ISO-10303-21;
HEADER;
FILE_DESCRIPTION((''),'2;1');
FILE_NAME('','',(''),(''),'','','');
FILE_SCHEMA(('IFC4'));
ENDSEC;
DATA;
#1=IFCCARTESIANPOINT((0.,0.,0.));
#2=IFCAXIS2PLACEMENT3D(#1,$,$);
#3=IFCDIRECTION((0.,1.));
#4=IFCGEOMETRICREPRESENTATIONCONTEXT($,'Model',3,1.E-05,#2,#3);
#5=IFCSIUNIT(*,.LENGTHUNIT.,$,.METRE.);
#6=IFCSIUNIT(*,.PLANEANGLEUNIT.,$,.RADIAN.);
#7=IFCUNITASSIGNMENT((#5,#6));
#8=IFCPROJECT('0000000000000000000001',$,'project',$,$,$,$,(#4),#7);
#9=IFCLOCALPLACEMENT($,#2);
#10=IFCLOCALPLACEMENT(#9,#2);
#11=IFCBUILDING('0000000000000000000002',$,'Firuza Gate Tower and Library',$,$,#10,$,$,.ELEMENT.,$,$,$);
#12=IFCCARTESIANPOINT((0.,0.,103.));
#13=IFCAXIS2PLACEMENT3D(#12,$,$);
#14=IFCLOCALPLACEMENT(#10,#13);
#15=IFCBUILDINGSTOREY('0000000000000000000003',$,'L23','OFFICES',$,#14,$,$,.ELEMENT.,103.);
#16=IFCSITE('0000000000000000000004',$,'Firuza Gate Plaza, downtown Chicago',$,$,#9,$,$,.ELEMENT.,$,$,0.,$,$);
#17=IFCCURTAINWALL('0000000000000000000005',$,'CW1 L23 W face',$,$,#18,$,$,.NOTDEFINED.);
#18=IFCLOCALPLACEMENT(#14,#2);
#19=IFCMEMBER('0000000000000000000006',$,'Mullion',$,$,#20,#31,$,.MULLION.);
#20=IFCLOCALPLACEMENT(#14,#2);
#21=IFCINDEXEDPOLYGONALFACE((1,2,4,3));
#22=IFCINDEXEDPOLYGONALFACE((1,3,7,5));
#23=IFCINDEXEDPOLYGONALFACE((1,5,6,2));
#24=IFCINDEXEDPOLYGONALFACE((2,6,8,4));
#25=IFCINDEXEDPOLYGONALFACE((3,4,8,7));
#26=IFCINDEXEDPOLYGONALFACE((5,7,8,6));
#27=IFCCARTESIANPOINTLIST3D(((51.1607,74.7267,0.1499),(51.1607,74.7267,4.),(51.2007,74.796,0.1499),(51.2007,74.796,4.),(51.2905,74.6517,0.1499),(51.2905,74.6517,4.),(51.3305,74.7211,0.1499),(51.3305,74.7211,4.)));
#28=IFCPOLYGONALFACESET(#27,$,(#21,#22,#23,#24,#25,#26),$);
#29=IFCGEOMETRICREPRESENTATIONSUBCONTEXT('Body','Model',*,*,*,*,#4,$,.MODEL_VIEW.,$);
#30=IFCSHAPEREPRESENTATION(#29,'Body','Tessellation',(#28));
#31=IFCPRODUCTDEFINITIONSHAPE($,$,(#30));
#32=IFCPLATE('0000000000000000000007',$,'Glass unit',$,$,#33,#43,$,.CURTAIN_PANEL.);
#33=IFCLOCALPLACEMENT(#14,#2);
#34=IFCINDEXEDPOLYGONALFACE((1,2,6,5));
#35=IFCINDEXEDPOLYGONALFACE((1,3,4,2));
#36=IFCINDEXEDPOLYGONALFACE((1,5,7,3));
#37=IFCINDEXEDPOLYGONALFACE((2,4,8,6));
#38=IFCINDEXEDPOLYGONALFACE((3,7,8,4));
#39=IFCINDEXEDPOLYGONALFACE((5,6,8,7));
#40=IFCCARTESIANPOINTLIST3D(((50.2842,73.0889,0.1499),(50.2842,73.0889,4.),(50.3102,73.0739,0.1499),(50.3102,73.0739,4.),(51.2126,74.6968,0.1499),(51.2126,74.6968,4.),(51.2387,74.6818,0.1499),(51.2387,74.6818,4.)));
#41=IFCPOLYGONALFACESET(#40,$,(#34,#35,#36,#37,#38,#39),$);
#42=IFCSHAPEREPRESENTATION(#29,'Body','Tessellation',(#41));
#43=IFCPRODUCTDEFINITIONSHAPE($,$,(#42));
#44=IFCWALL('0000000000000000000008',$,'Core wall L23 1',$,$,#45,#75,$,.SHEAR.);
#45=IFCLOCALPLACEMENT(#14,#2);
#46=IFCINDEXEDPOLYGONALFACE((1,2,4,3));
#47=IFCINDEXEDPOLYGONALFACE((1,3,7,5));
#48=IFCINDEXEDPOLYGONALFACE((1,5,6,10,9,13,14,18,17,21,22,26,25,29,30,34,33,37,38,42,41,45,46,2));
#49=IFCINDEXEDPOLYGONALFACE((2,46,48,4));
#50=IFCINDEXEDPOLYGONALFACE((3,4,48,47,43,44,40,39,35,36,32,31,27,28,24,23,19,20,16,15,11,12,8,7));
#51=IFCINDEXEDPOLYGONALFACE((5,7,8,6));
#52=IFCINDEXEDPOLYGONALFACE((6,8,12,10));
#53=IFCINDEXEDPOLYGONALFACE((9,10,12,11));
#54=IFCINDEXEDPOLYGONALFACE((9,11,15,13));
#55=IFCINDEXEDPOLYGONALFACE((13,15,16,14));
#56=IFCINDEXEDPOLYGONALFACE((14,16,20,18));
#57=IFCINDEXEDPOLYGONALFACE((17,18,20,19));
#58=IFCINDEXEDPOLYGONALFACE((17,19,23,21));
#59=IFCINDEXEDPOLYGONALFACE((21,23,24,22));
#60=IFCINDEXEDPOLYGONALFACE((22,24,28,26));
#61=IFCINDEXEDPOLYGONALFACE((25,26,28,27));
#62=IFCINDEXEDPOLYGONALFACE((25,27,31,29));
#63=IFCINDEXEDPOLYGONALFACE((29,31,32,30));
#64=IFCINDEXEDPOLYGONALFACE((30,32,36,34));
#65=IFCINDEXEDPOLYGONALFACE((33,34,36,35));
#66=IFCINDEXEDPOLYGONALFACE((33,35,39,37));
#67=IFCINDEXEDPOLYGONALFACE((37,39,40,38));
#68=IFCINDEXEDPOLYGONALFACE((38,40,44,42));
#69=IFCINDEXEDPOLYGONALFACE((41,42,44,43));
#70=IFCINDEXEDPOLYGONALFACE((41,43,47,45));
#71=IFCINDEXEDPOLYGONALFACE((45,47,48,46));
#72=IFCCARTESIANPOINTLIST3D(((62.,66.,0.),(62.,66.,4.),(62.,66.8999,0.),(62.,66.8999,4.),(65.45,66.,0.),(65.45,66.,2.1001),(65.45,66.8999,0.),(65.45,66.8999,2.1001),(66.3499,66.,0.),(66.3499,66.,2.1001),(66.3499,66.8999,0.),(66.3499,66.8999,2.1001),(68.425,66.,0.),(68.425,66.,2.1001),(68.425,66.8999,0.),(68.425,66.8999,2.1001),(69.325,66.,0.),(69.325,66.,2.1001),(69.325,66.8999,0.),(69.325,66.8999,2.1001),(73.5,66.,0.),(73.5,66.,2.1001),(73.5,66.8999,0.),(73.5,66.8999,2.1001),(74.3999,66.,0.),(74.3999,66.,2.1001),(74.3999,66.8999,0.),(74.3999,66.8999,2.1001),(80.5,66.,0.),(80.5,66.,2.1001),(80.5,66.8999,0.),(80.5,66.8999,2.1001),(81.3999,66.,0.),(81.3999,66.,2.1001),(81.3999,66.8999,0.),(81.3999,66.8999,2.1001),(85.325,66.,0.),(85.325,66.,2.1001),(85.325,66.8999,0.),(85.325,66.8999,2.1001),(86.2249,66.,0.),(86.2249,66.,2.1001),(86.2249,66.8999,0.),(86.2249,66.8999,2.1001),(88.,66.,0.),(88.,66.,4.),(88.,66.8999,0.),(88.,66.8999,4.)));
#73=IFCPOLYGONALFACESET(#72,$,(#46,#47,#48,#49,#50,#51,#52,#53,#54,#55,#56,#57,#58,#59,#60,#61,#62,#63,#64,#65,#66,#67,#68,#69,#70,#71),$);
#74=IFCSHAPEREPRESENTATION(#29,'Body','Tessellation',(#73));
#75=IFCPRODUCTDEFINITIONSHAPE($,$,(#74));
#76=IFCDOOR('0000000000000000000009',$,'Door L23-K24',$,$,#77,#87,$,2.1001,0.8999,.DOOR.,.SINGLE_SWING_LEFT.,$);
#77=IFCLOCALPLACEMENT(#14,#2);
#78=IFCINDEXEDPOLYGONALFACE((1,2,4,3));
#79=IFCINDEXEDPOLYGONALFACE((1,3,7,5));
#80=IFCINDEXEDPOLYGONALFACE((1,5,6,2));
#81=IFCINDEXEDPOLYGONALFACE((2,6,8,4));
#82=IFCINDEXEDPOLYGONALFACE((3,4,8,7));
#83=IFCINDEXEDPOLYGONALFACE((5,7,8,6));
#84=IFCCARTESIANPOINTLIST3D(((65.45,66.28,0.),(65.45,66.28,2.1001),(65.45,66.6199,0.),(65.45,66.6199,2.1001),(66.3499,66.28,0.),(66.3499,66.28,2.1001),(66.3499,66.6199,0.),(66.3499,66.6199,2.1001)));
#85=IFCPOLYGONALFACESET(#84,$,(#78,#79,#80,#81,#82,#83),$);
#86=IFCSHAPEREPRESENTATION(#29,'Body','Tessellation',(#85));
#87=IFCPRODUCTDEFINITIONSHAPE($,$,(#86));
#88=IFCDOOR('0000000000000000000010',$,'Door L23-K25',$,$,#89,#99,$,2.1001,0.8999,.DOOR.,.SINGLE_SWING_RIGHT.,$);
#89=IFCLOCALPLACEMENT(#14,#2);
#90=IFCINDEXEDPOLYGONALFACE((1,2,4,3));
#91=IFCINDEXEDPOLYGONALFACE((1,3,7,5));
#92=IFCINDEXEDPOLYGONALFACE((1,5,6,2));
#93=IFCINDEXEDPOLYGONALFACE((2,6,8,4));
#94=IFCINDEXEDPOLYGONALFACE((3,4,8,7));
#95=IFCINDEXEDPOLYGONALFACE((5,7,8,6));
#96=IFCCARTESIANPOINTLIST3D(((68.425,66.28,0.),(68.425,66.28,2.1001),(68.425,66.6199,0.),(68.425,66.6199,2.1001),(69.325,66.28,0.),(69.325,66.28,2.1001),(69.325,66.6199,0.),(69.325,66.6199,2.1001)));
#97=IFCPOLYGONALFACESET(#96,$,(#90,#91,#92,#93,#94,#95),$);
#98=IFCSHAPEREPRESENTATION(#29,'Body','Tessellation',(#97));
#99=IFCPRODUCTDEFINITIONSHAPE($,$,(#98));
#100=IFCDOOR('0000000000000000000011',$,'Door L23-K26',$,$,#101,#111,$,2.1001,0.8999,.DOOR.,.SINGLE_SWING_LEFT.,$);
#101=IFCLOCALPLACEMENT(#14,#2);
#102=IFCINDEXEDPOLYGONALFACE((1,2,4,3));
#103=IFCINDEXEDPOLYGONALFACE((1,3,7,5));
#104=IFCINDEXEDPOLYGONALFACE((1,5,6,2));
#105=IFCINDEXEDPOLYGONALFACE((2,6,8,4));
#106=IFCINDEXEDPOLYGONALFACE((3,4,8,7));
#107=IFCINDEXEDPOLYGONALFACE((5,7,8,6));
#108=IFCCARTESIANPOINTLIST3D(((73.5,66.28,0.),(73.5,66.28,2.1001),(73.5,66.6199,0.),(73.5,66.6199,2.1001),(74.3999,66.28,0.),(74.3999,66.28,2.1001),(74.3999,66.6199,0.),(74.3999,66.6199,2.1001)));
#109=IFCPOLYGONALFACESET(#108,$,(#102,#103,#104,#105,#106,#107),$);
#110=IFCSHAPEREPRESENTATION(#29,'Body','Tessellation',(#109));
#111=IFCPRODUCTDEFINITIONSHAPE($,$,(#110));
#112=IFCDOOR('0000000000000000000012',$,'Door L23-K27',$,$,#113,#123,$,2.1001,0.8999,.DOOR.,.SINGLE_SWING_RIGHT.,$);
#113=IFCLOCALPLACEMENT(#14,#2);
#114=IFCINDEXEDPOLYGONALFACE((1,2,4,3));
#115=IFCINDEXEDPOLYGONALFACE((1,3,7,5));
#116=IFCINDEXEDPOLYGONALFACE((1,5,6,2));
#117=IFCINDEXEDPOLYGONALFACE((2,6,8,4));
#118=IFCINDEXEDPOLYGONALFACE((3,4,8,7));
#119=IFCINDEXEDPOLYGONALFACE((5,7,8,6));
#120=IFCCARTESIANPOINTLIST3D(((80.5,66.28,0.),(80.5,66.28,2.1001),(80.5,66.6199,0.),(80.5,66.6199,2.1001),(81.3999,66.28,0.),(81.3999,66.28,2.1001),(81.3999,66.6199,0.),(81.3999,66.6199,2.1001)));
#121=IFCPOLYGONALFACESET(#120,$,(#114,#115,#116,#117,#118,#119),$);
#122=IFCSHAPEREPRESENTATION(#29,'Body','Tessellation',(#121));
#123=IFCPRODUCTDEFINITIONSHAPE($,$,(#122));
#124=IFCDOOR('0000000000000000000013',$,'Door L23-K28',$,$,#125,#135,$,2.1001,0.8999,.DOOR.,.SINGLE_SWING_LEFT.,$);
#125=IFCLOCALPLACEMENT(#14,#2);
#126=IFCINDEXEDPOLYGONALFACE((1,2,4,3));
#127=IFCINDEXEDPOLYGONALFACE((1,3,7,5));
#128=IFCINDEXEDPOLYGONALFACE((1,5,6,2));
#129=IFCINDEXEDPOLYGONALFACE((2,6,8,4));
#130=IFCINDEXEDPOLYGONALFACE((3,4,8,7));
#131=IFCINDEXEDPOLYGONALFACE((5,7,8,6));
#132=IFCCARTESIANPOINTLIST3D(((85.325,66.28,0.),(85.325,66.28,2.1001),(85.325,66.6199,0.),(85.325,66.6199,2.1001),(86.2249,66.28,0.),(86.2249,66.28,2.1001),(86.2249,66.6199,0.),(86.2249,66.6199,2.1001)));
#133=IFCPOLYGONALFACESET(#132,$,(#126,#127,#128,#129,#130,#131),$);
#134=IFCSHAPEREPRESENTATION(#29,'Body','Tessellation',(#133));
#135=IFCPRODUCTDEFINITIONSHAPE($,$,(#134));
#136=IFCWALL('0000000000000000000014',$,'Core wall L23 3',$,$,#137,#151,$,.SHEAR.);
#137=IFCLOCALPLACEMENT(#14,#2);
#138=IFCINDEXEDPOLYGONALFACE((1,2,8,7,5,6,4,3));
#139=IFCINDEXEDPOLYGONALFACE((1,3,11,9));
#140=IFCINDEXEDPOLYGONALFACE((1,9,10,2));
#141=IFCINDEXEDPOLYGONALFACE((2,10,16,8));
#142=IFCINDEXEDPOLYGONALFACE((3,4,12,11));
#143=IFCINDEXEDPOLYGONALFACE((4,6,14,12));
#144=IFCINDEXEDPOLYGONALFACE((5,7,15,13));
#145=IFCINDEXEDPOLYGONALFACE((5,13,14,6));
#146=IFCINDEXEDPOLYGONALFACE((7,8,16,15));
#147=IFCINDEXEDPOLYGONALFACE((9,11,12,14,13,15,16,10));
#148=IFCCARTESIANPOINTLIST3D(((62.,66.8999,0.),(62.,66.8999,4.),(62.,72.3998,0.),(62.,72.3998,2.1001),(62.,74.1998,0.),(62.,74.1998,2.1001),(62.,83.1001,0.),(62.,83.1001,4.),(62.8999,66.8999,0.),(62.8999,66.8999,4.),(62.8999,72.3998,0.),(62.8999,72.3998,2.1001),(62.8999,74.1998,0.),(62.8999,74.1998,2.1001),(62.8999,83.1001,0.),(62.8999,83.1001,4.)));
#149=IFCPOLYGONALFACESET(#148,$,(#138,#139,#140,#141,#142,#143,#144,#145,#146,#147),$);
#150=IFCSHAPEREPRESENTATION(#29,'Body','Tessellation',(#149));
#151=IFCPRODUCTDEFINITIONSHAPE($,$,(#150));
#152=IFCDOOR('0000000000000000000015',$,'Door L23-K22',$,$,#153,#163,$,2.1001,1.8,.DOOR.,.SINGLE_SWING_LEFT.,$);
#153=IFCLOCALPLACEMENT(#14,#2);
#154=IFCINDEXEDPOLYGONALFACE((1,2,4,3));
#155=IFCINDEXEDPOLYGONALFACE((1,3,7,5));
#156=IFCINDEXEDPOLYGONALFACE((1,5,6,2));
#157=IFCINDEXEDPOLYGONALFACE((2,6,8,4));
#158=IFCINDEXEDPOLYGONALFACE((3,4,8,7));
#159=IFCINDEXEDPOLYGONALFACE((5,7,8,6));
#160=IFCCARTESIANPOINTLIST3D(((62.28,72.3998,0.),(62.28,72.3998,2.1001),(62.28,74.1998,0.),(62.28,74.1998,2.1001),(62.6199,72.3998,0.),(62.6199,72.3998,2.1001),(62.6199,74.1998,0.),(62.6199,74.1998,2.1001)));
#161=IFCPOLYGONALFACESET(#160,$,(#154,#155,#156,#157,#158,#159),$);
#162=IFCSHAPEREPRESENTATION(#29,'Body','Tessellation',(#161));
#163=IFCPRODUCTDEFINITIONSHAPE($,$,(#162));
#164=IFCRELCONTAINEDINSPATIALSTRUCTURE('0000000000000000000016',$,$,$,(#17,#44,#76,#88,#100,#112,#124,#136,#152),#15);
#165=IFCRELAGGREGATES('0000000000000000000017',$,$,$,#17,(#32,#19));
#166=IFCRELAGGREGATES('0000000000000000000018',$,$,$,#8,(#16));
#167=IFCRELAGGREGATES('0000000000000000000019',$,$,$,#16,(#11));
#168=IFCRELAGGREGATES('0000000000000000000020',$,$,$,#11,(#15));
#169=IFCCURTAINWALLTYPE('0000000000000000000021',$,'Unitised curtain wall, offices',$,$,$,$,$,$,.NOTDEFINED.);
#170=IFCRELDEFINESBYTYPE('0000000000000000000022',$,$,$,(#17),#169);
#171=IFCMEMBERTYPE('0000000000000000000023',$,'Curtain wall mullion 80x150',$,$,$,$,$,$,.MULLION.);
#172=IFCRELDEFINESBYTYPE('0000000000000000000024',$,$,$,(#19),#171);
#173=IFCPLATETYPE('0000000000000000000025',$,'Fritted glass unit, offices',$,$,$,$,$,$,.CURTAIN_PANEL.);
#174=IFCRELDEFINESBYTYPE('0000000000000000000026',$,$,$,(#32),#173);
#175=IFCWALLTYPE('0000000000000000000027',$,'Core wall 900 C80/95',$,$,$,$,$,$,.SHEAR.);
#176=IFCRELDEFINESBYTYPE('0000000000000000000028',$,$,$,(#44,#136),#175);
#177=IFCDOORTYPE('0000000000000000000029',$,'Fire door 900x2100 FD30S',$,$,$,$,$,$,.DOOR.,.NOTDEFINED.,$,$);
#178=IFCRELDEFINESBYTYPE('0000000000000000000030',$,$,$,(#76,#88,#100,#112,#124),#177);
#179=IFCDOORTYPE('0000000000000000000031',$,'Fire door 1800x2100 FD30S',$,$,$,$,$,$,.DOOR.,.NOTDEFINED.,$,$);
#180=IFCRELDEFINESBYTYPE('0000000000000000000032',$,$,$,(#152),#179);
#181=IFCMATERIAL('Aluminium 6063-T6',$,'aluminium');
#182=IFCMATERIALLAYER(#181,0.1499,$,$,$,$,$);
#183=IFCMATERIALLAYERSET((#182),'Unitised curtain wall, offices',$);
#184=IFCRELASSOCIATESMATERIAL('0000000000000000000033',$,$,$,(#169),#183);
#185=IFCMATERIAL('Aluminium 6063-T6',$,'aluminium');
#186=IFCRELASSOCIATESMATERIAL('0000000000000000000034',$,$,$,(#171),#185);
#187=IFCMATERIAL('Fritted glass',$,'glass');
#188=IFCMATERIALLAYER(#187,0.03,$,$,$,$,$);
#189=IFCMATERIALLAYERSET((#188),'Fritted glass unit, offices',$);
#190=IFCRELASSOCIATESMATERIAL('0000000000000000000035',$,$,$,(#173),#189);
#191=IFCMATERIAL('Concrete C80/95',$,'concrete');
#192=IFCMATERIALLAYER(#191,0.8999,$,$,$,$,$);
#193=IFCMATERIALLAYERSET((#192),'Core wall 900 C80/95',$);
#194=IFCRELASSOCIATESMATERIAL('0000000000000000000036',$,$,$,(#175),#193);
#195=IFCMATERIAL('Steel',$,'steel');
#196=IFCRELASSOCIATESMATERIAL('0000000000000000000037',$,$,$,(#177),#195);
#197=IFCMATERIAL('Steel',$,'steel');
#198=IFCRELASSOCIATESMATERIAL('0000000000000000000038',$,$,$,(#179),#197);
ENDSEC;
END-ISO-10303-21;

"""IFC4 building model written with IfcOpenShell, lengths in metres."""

from ifc_helpers import new_model, si_unit, direction, frame, frame_2d, origin, origin_2d, place, context, subcontext, project, spatial, polyline, rectangle, outline, extrude, material, layer, layer_set, material_profile, profile_set, type_object, element, fill, aggregate, save


model = new_model("IFC4")

# Units and contexts
model_context = context("Model", 3, precision=1e-05, world=origin(), true_north=direction((0.0, 1.0)))
body_context = subcontext(model_context, "Body", "Model", "MODEL_VIEW")
ifc_project = project(units=[si_unit("LENGTHUNIT", "METRE"), si_unit("PLANEANGLEUNIT", "RADIAN")], contexts=[model_context])

# Site, building, storey
site_placement = place(None, origin())
site = spatial("IfcSite", under=ifc_project, at=site_placement, Name="Firuza Gate Plaza, downtown Chicago", CompositionType="ELEMENT", RefElevation=0.0)
building_placement = place(site_placement, origin())
building = spatial("IfcBuilding", under=site, at=building_placement, Name="Firuza Gate Tower and Library", CompositionType="ELEMENT")
storey_placement = place(building_placement, frame((0.0, 0.0, 103.0)))
storey = spatial("IfcBuildingStorey", under=building, at=storey_placement, Name="L23", Description="OFFICES", CompositionType="ELEMENT", Elevation=103.0)

# Curtain wall, member, plate
ifc_material_1 = material(Name="Aluminium 6063-T6", Category="aluminium")
ifc_layer_1 = layer(ifc_material_1, 0.1499)
ifc_layer_set_1 = layer_set([ifc_layer_1], Name="Unitised curtain wall, offices")
curtain_wall_type = type_object("IfcCurtainWallType", Name="Unitised curtain wall, offices", PredefinedType="NOTDEFINED", material=ifc_layer_set_1)
curtain_wall_placement = place(storey_placement, origin())
curtain_wall = element("IfcCurtainWall", 1, at=curtain_wall_placement, inside=storey, type_object=curtain_wall_type, Name="CW1 L23 W face", PredefinedType="NOTDEFINED")
ifc_material_2 = material(Name="Aluminium 6063-T6", Category="aluminium")
ifc_material_profile = material_profile(ifc_material_2, rectangle(XDim=0.1499, YDim=0.0801, at=origin_2d()))
ifc_profile_set = profile_set([ifc_material_profile], Name="Aluminium 6063-T6")
member_type = type_object("IfcMemberType", Name="Curtain wall mullion 80x150", PredefinedType="MULLION", material=ifc_profile_set)
member_placement = place(storey_placement, frame((51.2456, 74.7239, 0.1499), z_axis=(0.0, 0.0, 1.0), x_axis=(0.866025, -0.5, 0.0)))
member = element("IfcMember", 2, at=member_placement, type_object=member_type, Name="Mullion", PredefinedType="MULLION", context=body_context, shape_type="SweptSolid", body=[
    extrude(rectangle(XDim=0.1499, YDim=0.0801, at=origin_2d()), origin(), (0.0, 0.0, 1.0), 3.8501),
])
ifc_material_3 = material(Name="Fritted glass", Category="glass")
ifc_layer_2 = layer(ifc_material_3, 0.03)
ifc_layer_set_2 = layer_set([ifc_layer_2], Name="Fritted glass unit, offices")
plate_type = type_object("IfcPlateType", Name="Fritted glass unit, offices", PredefinedType="CURTAIN_PANEL", material=ifc_layer_set_2)
plate_placement = place(storey_placement, frame((51.2126, 74.6968, 0.1499), z_axis=(-0.865993, 0.500056, 0.0), x_axis=(-0.500056, -0.865993, 0.0)))
plate = element("IfcPlate", 3, at=plate_placement, type_object=plate_type, Name="Glass unit", PredefinedType="CURTAIN_PANEL", context=body_context, shape_type="SweptSolid", body=[
    extrude(outline(polyline([(0.0, 0.0), (1.8567, 0.0), (1.8567, 3.8501), (0.0, 3.8501), (0.0, 0.0)])), origin(), (0.0, 0.0, -1.0), 0.03),
])
aggregate(curtain_wall, [plate, member])

# Wall, openings, doors
ifc_material_4 = material(Name="Concrete C80/95", Category="concrete")
ifc_layer_3 = layer(ifc_material_4, 0.8999)
ifc_layer_set_3 = layer_set([ifc_layer_3], Name="Core wall 900 C80/95")
wall_type_1 = type_object("IfcWallType", Name="Core wall 900 C80/95", PredefinedType="SHEAR", material=ifc_layer_set_3)
wall_1_placement = place(storey_placement, frame((62.0, 66.45, 0.0), z_axis=(0.0, 0.0, 1.0), x_axis=(1.0, 0.0, 0.0)))
wall_1 = element("IfcWall", 4, at=wall_1_placement, inside=storey, type_object=wall_type_1, Name="Core wall L23 1", PredefinedType="SHEAR", context=body_context, shape_type="SweptSolid", body=[
    extrude(rectangle(XDim=26.0, YDim=0.8999, at=frame_2d((13.0, 0.0))), origin(), (0.0, 0.0, 1.0), 4.0),
])
opening_1_placement = place(wall_1_placement, frame((3.45, 0.0, 0.0)))
opening_1 = element("IfcOpeningElement", 5, at=opening_1_placement, cuts=wall_1, PredefinedType="OPENING", context=body_context, shape_type="SweptSolid", body=[
    extrude(rectangle(XDim=0.8999, YDim=2.1001, at=frame_2d((0.45, 1.05))), frame((0.0, 0.46, 0.0), z_axis=(0.0, -1.0, 0.0), x_axis=(1.0, 0.0, 0.0)), (0.0, 0.0, 1.0), 0.9199),
])
opening_2_placement = place(wall_1_placement, frame((6.425, 0.0, 0.0)))
opening_2 = element("IfcOpeningElement", 6, at=opening_2_placement, cuts=wall_1, PredefinedType="OPENING", context=body_context, shape_type="SweptSolid", body=[
    extrude(rectangle(XDim=0.8999, YDim=2.1001, at=frame_2d((0.45, 1.05))), frame((0.0, 0.46, 0.0), z_axis=(0.0, -1.0, 0.0), x_axis=(1.0, 0.0, 0.0)), (0.0, 0.0, 1.0), 0.9199),
])
opening_3_placement = place(wall_1_placement, frame((11.5, 0.0, 0.0)))
opening_3 = element("IfcOpeningElement", 7, at=opening_3_placement, cuts=wall_1, PredefinedType="OPENING", context=body_context, shape_type="SweptSolid", body=[
    extrude(rectangle(XDim=0.8999, YDim=2.1001, at=frame_2d((0.45, 1.05))), frame((0.0, 0.46, 0.0), z_axis=(0.0, -1.0, 0.0), x_axis=(1.0, 0.0, 0.0)), (0.0, 0.0, 1.0), 0.9199),
])
opening_4_placement = place(wall_1_placement, frame((18.5, 0.0, 0.0)))
opening_4 = element("IfcOpeningElement", 8, at=opening_4_placement, cuts=wall_1, PredefinedType="OPENING", context=body_context, shape_type="SweptSolid", body=[
    extrude(rectangle(XDim=0.8999, YDim=2.1001, at=frame_2d((0.45, 1.05))), frame((0.0, 0.46, 0.0), z_axis=(0.0, -1.0, 0.0), x_axis=(1.0, 0.0, 0.0)), (0.0, 0.0, 1.0), 0.9199),
])
opening_5_placement = place(wall_1_placement, frame((23.325, 0.0, 0.0)))
opening_5 = element("IfcOpeningElement", 9, at=opening_5_placement, cuts=wall_1, PredefinedType="OPENING", context=body_context, shape_type="SweptSolid", body=[
    extrude(rectangle(XDim=0.8999, YDim=2.1001, at=frame_2d((0.45, 1.05))), frame((0.0, 0.46, 0.0), z_axis=(0.0, -1.0, 0.0), x_axis=(1.0, 0.0, 0.0)), (0.0, 0.0, 1.0), 0.9199),
])
ifc_material_5 = material(Name="Steel", Category="steel")
door_type_1 = type_object("IfcDoorType", Name="Fire door 900x2100 FD30S", OperationType="NOTDEFINED", PredefinedType="DOOR", material=ifc_material_5)
door_1_placement = place(opening_1_placement, origin())
door_1 = element("IfcDoor", 10, at=door_1_placement, inside=storey, type_object=door_type_1, Name="Door L23-K24", OperationType="SINGLE_SWING_LEFT", OverallHeight=2.1001, OverallWidth=0.8999, PredefinedType="DOOR", context=body_context, shape_type="SweptSolid", body=[
    extrude(rectangle(XDim=0.8999, YDim=2.1001, at=frame_2d((0.45, 1.05))), frame((0.0, 0.1699, 0.0), z_axis=(0.0, -1.0, 0.0), x_axis=(1.0, 0.0, 0.0)), (0.0, 0.0, 1.0), 0.3398),
])
fill(opening_1, door_1)
door_2_placement = place(opening_2_placement, origin())
door_2 = element("IfcDoor", 11, at=door_2_placement, inside=storey, type_object=door_type_1, Name="Door L23-K25", OperationType="SINGLE_SWING_RIGHT", OverallHeight=2.1001, OverallWidth=0.8999, PredefinedType="DOOR", context=body_context, shape_type="SweptSolid", body=[
    extrude(rectangle(XDim=0.8999, YDim=2.1001, at=frame_2d((0.45, 1.05))), frame((0.0, 0.1699, 0.0), z_axis=(0.0, -1.0, 0.0), x_axis=(1.0, 0.0, 0.0)), (0.0, 0.0, 1.0), 0.3398),
])
fill(opening_2, door_2)
door_3_placement = place(opening_3_placement, origin())
door_3 = element("IfcDoor", 12, at=door_3_placement, inside=storey, type_object=door_type_1, Name="Door L23-K26", OperationType="SINGLE_SWING_LEFT", OverallHeight=2.1001, OverallWidth=0.8999, PredefinedType="DOOR", context=body_context, shape_type="SweptSolid", body=[
    extrude(rectangle(XDim=0.8999, YDim=2.1001, at=frame_2d((0.45, 1.05))), frame((0.0, 0.1699, 0.0), z_axis=(0.0, -1.0, 0.0), x_axis=(1.0, 0.0, 0.0)), (0.0, 0.0, 1.0), 0.3398),
])
fill(opening_3, door_3)
door_4_placement = place(opening_4_placement, origin())
door_4 = element("IfcDoor", 13, at=door_4_placement, inside=storey, type_object=door_type_1, Name="Door L23-K27", OperationType="SINGLE_SWING_RIGHT", OverallHeight=2.1001, OverallWidth=0.8999, PredefinedType="DOOR", context=body_context, shape_type="SweptSolid", body=[
    extrude(rectangle(XDim=0.8999, YDim=2.1001, at=frame_2d((0.45, 1.05))), frame((0.0, 0.1699, 0.0), z_axis=(0.0, -1.0, 0.0), x_axis=(1.0, 0.0, 0.0)), (0.0, 0.0, 1.0), 0.3398),
])
fill(opening_4, door_4)
door_5_placement = place(opening_5_placement, origin())
door_5 = element("IfcDoor", 14, at=door_5_placement, inside=storey, type_object=door_type_1, Name="Door L23-K28", OperationType="SINGLE_SWING_LEFT", OverallHeight=2.1001, OverallWidth=0.8999, PredefinedType="DOOR", context=body_context, shape_type="SweptSolid", body=[
    extrude(rectangle(XDim=0.8999, YDim=2.1001, at=frame_2d((0.45, 1.05))), frame((0.0, 0.1699, 0.0), z_axis=(0.0, -1.0, 0.0), x_axis=(1.0, 0.0, 0.0)), (0.0, 0.0, 1.0), 0.3398),
])
fill(opening_5, door_5)

# Wall, opening, door
wall_2_placement = place(storey_placement, frame((62.45, 66.8999, 0.0), z_axis=(0.0, 0.0, 1.0), x_axis=(0.0, 1.0, 0.0)))
wall_2 = element("IfcWall", 15, at=wall_2_placement, inside=storey, type_object=wall_type_1, Name="Core wall L23 3", PredefinedType="SHEAR", context=body_context, shape_type="SweptSolid", body=[
    extrude(rectangle(XDim=16.2002, YDim=0.8999, at=frame_2d((8.1001, 0.0))), origin(), (0.0, 0.0, 1.0), 4.0),
])
opening_6_placement = place(wall_2_placement, frame((5.5, 0.0, 0.0)))
opening_6 = element("IfcOpeningElement", 16, at=opening_6_placement, cuts=wall_2, PredefinedType="OPENING", context=body_context, shape_type="SweptSolid", body=[
    extrude(rectangle(XDim=1.8, YDim=2.1001, at=frame_2d((0.8999, 1.05))), frame((0.0, 0.46, 0.0), z_axis=(0.0, -1.0, 0.0), x_axis=(1.0, 0.0, 0.0)), (0.0, 0.0, 1.0), 0.9199),
])
ifc_material_6 = material(Name="Steel", Category="steel")
door_type_2 = type_object("IfcDoorType", Name="Fire door 1800x2100 FD30S", OperationType="NOTDEFINED", PredefinedType="DOOR", material=ifc_material_6)
door_6_placement = place(opening_6_placement, origin())
door_6 = element("IfcDoor", 17, at=door_6_placement, inside=storey, type_object=door_type_2, Name="Door L23-K22", OperationType="SINGLE_SWING_LEFT", OverallHeight=2.1001, OverallWidth=1.8, PredefinedType="DOOR", context=body_context, shape_type="SweptSolid", body=[
    extrude(rectangle(XDim=1.8, YDim=2.1001, at=frame_2d((0.8999, 1.05))), frame((0.0, 0.1699, 0.0), z_axis=(0.0, -1.0, 0.0), x_axis=(1.0, 0.0, 0.0)), (0.0, 0.0, 1.0), 0.3398),
])
fill(opening_6, door_6)

save(model, "model.ifc")
